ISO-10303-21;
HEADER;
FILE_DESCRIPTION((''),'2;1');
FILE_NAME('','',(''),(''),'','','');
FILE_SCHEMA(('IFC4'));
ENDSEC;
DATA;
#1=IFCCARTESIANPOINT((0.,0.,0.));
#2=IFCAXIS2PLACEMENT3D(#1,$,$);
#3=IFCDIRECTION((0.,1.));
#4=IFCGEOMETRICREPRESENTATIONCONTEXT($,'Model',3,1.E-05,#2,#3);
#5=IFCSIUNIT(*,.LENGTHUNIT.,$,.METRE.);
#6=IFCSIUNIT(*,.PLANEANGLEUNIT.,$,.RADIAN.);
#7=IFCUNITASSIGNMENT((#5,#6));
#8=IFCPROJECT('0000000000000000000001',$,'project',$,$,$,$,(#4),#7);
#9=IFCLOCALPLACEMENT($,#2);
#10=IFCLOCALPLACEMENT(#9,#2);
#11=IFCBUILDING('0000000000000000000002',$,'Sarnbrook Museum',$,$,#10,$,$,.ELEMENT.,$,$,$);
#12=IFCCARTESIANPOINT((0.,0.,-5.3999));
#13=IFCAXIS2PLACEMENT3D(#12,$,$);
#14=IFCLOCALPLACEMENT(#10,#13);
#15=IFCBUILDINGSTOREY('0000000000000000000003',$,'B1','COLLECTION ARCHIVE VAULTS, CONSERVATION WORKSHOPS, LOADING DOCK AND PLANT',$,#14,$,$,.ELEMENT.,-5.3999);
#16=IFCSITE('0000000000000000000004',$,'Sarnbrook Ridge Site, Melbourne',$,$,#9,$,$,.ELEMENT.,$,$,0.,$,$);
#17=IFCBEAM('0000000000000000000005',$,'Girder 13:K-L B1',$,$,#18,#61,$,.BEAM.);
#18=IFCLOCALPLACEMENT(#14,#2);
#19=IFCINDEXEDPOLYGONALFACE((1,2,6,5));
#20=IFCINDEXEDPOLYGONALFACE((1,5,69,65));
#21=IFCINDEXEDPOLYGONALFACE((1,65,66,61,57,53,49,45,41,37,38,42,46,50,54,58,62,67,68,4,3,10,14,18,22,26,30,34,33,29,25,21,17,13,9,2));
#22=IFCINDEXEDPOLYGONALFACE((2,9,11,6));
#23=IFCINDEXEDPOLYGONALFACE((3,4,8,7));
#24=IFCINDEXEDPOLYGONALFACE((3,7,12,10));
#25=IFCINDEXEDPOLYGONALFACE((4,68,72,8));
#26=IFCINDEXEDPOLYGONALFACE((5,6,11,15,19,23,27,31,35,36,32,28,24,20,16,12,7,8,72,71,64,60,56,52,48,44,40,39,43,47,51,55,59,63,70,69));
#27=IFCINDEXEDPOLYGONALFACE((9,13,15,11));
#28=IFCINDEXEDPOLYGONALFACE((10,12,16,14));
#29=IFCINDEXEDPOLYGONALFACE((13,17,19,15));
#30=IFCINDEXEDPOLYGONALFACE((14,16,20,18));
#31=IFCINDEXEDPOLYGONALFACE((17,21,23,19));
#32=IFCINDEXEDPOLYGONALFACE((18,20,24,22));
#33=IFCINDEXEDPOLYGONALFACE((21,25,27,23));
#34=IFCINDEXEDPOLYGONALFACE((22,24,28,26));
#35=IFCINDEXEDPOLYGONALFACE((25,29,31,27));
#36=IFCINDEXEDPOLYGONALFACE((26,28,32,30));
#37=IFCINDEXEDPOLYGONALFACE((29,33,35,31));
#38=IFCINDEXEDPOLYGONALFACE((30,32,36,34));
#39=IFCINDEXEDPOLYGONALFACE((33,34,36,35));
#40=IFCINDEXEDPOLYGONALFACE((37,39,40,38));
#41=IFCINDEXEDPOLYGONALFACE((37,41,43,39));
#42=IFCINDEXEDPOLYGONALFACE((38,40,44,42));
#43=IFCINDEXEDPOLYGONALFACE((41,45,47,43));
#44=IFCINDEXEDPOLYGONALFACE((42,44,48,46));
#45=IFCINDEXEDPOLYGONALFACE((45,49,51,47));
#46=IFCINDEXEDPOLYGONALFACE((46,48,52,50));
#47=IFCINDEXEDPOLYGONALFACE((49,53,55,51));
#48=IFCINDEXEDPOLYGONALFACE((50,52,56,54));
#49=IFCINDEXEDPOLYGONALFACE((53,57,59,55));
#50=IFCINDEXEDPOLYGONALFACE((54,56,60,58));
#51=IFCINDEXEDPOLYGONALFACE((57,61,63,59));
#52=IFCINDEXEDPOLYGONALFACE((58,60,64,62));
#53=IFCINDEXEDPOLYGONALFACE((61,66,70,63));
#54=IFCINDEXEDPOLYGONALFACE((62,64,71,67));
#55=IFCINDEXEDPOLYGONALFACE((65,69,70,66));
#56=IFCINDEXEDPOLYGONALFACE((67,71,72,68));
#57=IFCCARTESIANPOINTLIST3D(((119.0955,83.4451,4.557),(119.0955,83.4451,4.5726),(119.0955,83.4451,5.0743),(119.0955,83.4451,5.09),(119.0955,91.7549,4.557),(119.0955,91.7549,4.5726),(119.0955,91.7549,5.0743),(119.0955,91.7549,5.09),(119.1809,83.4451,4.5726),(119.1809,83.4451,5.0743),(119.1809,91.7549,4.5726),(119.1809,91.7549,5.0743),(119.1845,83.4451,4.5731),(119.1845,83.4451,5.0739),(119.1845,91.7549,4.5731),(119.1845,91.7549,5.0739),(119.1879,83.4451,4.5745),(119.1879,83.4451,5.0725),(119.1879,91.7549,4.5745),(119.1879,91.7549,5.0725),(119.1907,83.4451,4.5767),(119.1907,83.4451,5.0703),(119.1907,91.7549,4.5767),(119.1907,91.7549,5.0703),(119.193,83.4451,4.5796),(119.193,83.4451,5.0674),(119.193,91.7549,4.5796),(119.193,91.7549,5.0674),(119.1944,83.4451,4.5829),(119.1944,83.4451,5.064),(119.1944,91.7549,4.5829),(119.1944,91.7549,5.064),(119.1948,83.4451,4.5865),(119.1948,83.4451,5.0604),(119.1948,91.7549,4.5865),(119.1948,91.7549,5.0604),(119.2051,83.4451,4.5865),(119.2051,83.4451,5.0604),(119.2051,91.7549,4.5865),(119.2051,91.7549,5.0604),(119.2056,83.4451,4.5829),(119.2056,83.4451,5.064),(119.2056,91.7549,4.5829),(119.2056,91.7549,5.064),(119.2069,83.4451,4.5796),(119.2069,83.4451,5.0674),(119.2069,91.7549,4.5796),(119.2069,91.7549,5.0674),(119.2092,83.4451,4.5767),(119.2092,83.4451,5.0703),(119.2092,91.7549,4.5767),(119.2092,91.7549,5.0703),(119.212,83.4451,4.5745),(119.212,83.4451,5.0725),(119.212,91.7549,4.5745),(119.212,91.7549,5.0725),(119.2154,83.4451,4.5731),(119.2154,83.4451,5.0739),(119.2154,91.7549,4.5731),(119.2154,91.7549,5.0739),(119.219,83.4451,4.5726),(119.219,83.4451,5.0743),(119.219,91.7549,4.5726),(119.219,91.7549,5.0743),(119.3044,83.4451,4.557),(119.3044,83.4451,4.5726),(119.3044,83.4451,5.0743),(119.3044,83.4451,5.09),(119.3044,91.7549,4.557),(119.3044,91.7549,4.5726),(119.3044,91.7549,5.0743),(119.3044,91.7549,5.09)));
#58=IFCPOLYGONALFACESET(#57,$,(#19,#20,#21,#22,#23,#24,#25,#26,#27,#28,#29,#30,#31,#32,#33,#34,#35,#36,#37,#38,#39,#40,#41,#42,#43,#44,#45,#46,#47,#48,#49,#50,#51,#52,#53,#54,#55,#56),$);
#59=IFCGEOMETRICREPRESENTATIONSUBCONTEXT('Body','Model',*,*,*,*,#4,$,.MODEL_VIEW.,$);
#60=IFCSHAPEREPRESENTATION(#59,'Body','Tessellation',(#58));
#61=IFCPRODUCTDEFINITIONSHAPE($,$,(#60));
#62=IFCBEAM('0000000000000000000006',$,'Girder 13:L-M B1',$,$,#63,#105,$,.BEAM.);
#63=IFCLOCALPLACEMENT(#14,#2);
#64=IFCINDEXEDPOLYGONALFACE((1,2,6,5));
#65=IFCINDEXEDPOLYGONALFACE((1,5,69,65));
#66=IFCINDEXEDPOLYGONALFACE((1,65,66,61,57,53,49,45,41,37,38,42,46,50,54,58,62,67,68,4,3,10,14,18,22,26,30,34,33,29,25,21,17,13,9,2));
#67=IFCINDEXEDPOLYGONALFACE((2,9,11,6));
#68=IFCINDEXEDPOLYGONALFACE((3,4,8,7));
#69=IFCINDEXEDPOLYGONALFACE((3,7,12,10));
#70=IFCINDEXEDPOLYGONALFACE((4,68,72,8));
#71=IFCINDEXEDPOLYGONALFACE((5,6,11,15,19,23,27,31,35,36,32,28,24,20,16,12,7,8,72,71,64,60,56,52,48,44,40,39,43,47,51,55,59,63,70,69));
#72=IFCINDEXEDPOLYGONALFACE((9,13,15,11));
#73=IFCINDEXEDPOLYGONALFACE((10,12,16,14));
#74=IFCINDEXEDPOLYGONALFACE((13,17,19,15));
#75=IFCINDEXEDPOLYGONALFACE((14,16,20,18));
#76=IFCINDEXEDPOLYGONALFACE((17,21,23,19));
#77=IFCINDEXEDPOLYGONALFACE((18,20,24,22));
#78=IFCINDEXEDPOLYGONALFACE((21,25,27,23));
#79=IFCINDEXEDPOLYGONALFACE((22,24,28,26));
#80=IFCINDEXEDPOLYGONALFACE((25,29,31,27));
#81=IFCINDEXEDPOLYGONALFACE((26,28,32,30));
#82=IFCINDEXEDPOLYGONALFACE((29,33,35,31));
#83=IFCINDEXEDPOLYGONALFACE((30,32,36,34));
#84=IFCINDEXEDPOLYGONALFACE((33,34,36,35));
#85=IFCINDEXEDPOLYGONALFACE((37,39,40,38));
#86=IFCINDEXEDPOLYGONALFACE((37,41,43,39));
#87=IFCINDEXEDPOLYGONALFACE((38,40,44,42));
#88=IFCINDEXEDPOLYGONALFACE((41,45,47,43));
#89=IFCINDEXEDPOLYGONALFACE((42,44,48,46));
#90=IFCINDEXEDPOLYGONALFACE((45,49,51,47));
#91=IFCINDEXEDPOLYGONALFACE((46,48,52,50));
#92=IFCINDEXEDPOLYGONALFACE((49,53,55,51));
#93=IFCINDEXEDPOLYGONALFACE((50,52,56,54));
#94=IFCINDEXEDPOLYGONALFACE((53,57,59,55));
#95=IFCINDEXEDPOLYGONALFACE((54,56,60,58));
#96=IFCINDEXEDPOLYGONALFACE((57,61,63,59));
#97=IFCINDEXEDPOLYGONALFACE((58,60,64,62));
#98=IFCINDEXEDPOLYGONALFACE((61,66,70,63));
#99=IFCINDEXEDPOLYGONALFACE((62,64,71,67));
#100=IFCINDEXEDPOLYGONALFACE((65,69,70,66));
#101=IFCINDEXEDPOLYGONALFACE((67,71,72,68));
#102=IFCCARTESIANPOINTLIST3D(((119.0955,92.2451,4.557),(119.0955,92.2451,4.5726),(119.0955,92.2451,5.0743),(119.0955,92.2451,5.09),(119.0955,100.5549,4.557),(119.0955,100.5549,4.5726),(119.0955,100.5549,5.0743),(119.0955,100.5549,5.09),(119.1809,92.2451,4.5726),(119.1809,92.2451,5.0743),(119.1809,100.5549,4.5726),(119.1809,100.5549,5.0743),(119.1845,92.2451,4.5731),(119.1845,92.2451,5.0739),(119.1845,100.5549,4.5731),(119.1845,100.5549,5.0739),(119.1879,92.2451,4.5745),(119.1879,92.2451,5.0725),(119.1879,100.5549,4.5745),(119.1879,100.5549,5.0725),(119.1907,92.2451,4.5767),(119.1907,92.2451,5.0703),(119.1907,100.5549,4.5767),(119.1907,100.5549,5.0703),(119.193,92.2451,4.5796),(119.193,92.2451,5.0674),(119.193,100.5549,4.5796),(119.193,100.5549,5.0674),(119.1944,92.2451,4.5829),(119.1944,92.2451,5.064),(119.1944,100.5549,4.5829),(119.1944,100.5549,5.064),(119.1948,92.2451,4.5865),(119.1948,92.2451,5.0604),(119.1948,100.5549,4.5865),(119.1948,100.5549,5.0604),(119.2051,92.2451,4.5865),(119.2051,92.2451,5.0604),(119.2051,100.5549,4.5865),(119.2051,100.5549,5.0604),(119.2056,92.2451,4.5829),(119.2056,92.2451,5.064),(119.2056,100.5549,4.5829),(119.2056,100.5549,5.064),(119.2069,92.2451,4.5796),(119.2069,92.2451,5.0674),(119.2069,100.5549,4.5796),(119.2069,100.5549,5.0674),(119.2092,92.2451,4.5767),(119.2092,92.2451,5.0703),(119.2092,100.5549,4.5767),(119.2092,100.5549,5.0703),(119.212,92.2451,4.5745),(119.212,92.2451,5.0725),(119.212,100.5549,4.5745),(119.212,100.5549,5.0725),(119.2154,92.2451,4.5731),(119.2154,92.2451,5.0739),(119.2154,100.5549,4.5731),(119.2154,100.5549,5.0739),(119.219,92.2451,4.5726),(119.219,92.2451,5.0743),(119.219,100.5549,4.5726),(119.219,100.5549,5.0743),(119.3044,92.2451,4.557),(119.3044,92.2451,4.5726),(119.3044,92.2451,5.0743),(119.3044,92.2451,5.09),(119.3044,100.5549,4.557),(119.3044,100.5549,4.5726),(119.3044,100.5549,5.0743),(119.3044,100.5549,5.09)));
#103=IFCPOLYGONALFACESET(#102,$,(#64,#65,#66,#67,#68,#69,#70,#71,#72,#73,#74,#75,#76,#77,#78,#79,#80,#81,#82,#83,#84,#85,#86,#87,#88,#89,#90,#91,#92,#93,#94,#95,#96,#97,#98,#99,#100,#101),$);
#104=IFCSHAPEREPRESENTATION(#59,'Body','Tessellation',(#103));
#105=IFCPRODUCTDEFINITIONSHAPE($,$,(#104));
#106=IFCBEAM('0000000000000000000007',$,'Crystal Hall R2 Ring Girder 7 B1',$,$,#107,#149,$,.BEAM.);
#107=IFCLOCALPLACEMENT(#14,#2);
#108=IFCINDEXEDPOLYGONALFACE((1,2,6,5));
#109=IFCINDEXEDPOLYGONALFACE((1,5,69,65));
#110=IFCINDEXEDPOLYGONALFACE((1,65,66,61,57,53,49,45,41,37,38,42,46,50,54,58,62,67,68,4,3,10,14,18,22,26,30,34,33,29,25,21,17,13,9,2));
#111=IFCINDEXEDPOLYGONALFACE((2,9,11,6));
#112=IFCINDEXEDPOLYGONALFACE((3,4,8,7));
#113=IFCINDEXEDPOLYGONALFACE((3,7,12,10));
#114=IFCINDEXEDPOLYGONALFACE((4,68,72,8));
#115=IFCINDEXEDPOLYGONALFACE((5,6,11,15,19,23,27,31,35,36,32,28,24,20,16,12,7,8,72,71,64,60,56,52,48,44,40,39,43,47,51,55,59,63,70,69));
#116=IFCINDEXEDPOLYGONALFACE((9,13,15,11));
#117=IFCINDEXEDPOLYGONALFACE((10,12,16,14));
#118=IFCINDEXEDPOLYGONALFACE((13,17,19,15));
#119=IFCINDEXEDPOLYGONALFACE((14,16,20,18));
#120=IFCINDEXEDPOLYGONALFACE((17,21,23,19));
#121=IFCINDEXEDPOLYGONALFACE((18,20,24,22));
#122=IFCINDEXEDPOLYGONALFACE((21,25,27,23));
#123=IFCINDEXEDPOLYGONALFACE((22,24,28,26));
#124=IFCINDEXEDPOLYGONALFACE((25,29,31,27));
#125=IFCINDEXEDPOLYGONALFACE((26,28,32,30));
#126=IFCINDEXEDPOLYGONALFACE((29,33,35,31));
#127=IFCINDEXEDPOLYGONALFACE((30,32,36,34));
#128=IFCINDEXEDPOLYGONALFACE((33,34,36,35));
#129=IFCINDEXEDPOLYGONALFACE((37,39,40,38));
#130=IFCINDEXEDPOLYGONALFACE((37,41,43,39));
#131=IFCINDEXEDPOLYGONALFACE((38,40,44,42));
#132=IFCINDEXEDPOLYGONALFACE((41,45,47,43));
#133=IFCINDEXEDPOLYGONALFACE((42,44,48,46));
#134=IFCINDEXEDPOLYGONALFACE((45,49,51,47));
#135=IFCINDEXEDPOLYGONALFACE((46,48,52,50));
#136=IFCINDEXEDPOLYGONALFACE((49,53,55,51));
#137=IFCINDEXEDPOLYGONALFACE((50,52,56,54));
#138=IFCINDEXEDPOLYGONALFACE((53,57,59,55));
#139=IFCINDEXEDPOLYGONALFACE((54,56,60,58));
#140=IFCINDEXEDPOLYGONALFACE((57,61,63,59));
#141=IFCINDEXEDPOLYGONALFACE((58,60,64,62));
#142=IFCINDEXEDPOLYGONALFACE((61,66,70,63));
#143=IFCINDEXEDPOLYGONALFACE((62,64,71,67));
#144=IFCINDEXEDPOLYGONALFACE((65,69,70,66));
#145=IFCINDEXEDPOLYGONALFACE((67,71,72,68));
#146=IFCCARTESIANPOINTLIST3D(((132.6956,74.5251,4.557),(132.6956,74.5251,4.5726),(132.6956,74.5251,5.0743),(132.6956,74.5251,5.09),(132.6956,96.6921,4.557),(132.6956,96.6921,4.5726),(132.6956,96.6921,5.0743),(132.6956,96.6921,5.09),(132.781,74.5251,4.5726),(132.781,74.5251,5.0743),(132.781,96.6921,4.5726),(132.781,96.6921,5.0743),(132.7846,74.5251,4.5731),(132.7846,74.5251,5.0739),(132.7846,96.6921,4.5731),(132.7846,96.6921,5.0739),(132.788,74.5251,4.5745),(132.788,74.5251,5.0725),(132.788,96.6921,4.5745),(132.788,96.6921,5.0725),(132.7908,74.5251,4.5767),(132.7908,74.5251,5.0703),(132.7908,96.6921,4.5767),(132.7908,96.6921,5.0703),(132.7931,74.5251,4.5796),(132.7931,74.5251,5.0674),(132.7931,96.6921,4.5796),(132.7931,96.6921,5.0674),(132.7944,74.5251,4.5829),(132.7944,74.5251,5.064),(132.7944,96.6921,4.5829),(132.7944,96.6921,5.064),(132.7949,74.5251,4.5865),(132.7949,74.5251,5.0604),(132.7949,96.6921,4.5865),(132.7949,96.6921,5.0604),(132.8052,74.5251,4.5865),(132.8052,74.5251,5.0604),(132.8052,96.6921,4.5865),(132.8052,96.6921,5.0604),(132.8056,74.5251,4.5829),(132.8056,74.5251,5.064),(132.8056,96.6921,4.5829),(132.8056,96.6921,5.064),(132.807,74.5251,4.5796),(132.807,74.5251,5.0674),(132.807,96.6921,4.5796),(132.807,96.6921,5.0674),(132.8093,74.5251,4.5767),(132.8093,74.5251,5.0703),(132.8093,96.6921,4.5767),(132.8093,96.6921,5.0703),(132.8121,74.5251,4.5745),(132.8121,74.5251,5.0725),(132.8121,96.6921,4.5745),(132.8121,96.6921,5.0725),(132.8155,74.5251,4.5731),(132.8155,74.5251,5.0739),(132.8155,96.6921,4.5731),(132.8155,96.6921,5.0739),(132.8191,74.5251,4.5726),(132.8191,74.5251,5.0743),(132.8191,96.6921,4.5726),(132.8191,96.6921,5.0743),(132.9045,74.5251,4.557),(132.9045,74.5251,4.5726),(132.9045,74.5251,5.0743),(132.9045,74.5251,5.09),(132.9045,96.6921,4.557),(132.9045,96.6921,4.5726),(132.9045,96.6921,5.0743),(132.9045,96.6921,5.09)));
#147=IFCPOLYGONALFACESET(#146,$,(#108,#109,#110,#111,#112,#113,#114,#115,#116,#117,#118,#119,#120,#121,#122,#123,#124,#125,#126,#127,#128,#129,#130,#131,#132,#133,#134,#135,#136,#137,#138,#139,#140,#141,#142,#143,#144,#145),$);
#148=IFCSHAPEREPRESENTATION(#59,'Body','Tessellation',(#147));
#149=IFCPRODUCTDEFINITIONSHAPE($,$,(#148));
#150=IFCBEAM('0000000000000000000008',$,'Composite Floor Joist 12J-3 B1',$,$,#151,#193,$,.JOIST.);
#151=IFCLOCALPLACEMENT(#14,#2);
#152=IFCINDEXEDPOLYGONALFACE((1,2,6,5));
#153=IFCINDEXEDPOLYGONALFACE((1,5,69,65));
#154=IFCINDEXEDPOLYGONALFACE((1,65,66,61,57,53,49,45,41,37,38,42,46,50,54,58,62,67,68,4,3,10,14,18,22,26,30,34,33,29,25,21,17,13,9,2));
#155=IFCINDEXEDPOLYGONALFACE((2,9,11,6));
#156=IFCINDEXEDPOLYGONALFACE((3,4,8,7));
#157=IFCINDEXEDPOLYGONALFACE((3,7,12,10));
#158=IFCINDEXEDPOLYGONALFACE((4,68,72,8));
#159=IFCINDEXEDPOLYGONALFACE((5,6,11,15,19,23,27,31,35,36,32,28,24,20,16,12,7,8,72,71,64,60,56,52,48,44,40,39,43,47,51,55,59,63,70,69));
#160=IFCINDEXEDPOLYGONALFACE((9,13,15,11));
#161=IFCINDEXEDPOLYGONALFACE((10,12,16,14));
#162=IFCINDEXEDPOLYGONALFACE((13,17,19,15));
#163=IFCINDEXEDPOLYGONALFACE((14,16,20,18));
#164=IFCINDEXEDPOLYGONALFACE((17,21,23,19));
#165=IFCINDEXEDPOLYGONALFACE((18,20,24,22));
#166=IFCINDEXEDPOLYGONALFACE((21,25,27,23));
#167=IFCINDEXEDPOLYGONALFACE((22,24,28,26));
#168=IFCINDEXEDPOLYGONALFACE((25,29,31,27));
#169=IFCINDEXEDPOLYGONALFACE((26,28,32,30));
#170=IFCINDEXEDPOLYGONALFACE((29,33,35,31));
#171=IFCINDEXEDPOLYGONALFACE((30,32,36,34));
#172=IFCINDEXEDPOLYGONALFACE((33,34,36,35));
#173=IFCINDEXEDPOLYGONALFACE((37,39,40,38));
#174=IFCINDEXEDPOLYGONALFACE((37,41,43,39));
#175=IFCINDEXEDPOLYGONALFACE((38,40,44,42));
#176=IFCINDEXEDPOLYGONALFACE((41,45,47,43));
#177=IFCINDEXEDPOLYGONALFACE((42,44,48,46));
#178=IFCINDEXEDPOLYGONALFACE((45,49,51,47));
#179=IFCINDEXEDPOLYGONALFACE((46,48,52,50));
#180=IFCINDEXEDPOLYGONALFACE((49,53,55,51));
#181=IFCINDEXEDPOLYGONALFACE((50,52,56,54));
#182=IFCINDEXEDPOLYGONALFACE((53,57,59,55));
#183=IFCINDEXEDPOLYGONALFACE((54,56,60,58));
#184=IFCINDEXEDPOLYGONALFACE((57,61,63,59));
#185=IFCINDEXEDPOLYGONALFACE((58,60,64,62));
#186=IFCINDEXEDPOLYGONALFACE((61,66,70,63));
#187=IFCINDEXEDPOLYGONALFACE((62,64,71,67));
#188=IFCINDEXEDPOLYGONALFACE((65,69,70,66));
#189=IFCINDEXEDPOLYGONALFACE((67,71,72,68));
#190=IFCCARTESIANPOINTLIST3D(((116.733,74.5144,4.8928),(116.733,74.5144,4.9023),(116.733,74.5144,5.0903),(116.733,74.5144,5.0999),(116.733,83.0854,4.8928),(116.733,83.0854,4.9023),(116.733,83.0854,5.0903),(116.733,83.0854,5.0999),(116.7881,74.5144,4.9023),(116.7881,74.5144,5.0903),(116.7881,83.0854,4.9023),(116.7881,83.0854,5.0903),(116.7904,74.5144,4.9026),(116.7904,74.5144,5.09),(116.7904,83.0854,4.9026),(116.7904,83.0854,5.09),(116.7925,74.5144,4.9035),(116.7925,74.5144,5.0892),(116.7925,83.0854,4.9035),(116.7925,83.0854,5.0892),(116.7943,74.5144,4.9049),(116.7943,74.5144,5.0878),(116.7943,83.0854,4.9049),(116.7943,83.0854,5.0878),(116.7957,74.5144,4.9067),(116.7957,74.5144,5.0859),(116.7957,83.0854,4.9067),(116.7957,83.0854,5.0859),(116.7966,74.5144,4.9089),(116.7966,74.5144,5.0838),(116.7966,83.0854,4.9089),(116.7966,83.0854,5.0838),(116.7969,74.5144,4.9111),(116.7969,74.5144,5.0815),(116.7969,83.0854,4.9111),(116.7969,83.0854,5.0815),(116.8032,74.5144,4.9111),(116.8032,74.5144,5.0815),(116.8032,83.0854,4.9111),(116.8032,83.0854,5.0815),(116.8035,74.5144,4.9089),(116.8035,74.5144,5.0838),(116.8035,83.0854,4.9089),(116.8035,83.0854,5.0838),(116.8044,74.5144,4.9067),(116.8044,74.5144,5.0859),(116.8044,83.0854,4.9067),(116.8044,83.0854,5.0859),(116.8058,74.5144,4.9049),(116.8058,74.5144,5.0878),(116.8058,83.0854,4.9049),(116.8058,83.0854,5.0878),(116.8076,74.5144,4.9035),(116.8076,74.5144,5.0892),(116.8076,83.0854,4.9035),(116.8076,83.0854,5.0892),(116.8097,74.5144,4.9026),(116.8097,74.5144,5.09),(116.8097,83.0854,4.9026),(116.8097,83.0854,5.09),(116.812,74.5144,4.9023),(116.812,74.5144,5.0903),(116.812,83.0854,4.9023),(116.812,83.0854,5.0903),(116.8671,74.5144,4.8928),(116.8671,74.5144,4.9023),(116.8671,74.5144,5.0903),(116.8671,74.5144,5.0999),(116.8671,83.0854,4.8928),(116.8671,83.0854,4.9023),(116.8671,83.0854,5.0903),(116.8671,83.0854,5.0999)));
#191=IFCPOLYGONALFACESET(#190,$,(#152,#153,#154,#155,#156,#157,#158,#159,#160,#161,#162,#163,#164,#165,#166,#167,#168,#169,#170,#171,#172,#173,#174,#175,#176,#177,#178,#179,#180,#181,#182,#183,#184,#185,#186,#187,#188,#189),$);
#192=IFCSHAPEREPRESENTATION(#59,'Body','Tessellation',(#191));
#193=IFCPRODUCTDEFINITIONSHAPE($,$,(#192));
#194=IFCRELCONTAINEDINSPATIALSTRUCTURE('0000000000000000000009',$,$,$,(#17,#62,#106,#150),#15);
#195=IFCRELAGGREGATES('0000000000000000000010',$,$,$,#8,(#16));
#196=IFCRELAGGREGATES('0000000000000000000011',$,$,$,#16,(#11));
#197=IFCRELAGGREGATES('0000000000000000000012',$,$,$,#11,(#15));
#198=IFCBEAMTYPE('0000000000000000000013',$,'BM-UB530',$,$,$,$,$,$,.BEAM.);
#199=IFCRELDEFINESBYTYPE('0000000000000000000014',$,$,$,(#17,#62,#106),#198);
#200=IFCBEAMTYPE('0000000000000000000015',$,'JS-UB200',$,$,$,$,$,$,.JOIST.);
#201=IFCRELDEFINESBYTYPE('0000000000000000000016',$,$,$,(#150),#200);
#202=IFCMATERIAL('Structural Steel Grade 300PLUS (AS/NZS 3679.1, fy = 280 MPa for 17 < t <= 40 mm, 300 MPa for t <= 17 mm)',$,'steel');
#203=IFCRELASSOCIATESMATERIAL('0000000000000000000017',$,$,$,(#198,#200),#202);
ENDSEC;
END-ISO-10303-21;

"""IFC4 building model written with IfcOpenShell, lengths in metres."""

from ifc_helpers import new_model, si_unit, direction, frame, origin, origin_2d, place, context, subcontext, project, spatial, i_section, extrude, material, material_profile, profile_set, type_object, element, save


model = new_model("IFC4")

# Units and contexts
model_context = context("Model", 3, precision=1e-05, world=origin(), true_north=direction((0.0, 1.0)))
body_context = subcontext(model_context, "Body", "Model", "MODEL_VIEW")
ifc_project = project(units=[si_unit("LENGTHUNIT", "METRE"), si_unit("PLANEANGLEUNIT", "RADIAN")], contexts=[model_context])

# Site, building, storey
site_placement = place(None, origin())
site = spatial("IfcSite", under=ifc_project, at=site_placement, Name="Sarnbrook Ridge Site, Melbourne", CompositionType="ELEMENT", RefElevation=0.0)
building_placement = place(site_placement, origin())
building = spatial("IfcBuilding", under=site, at=building_placement, Name="Sarnbrook Museum", CompositionType="ELEMENT")
storey_placement = place(building_placement, frame((0.0, 0.0, -5.3999)))
storey = spatial("IfcBuildingStorey", under=building, at=storey_placement, Name="B1", Description="COLLECTION ARCHIVE VAULTS, CONSERVATION WORKSHOPS, LOADING DOCK AND PLANT", CompositionType="ELEMENT", Elevation=-5.3999)

# Beams
ifc_material_1 = material(Name="Structural Steel Grade 300PLUS (AS/NZS 3679.1, fy = 280 MPa for 17 < t <= 40 mm, 300 MPa for t <= 17 mm)", Category="steel")
ifc_material_profile_1 = material_profile(ifc_material_1, i_section(OverallWidth=0.209, OverallDepth=0.533, WebThickness=0.0103, FlangeThickness=0.0156, FilletRadius=0.0139, at=origin_2d()), Name="530UB92.4")
ifc_profile_set_1 = profile_set([ifc_material_profile_1], Name="Structural Steel Grade 300PLUS (AS/NZS 3679.1, fy = 280 MPa for 17 < t <= 40 mm, 300 MPa for t <= 17 mm)")
beam_type_1 = type_object("IfcBeamType", Name="BM-UB530", PredefinedType="BEAM", material=ifc_profile_set_1)
for number, where, z_axis, x_axis, name in (
    (1, (119.2, 83.4451, 4.8235), (0.0, 1.0, 0.0), (-1.0, 0.0, 0.0), "Girder 13:K-L B1"),
    (2, (119.2, 92.2451, 4.8235), (0.0, 1.0, 0.0), (-1.0, 0.0, 0.0), "Girder 13:L-M B1"),
):
    element("IfcBeam", number, at=place(storey_placement, frame(where, z_axis=z_axis, x_axis=x_axis)), inside=storey, type_object=beam_type_1, Name=name, PredefinedType="BEAM", context=body_context, shape_type="SweptSolid", body=[
        extrude(i_section(OverallWidth=0.209, OverallDepth=0.533, WebThickness=0.0103, FlangeThickness=0.0156, FilletRadius=0.0139, at=origin_2d()), origin(), (0.0, 0.0, 1.0), 8.3098),
    ])
beam_1_placement = place(storey_placement, frame((132.8, 96.6921, 4.8235), z_axis=(0.0, -1.0, 0.0), x_axis=(1.0, 0.0, 0.0)))
element("IfcBeam", 3, at=beam_1_placement, inside=storey, type_object=beam_type_1, Name="Crystal Hall R2 Ring Girder 7 B1", PredefinedType="BEAM", context=body_context, shape_type="SweptSolid", body=[
    extrude(i_section(OverallWidth=0.209, OverallDepth=0.533, WebThickness=0.0103, FlangeThickness=0.0156, FilletRadius=0.0139, at=origin_2d()), origin(), (0.0, 0.0, 1.0), 22.167),
])
ifc_material_profile_2 = material_profile(ifc_material_1, i_section(OverallWidth=0.134, OverallDepth=0.207, WebThickness=0.0063, FlangeThickness=0.0095, FilletRadius=0.0088, at=origin_2d()), Name="200UB29.8")
ifc_profile_set_2 = profile_set([ifc_material_profile_2], Name="Structural Steel Grade 300PLUS (AS/NZS 3679.1, fy = 280 MPa for 17 < t <= 40 mm, 300 MPa for t <= 17 mm)")
beam_type_2 = type_object("IfcBeamType", Name="JS-UB200", PredefinedType="JOIST", material=ifc_profile_set_2)
beam_2_placement = place(storey_placement, frame((116.8, 74.5144, 4.9963), z_axis=(0.0, 1.0, 0.0), x_axis=(-1.0, 0.0, 0.0)))
element("IfcBeam", 4, at=beam_2_placement, inside=storey, type_object=beam_type_2, Name="Composite Floor Joist 12J-3 B1", PredefinedType="JOIST", context=body_context, shape_type="SweptSolid", body=[
    extrude(i_section(OverallWidth=0.134, OverallDepth=0.207, WebThickness=0.0063, FlangeThickness=0.0095, FilletRadius=0.0088, at=origin_2d()), origin(), (0.0, 0.0, 1.0), 8.571),
])

save(model, "model.ifc")
